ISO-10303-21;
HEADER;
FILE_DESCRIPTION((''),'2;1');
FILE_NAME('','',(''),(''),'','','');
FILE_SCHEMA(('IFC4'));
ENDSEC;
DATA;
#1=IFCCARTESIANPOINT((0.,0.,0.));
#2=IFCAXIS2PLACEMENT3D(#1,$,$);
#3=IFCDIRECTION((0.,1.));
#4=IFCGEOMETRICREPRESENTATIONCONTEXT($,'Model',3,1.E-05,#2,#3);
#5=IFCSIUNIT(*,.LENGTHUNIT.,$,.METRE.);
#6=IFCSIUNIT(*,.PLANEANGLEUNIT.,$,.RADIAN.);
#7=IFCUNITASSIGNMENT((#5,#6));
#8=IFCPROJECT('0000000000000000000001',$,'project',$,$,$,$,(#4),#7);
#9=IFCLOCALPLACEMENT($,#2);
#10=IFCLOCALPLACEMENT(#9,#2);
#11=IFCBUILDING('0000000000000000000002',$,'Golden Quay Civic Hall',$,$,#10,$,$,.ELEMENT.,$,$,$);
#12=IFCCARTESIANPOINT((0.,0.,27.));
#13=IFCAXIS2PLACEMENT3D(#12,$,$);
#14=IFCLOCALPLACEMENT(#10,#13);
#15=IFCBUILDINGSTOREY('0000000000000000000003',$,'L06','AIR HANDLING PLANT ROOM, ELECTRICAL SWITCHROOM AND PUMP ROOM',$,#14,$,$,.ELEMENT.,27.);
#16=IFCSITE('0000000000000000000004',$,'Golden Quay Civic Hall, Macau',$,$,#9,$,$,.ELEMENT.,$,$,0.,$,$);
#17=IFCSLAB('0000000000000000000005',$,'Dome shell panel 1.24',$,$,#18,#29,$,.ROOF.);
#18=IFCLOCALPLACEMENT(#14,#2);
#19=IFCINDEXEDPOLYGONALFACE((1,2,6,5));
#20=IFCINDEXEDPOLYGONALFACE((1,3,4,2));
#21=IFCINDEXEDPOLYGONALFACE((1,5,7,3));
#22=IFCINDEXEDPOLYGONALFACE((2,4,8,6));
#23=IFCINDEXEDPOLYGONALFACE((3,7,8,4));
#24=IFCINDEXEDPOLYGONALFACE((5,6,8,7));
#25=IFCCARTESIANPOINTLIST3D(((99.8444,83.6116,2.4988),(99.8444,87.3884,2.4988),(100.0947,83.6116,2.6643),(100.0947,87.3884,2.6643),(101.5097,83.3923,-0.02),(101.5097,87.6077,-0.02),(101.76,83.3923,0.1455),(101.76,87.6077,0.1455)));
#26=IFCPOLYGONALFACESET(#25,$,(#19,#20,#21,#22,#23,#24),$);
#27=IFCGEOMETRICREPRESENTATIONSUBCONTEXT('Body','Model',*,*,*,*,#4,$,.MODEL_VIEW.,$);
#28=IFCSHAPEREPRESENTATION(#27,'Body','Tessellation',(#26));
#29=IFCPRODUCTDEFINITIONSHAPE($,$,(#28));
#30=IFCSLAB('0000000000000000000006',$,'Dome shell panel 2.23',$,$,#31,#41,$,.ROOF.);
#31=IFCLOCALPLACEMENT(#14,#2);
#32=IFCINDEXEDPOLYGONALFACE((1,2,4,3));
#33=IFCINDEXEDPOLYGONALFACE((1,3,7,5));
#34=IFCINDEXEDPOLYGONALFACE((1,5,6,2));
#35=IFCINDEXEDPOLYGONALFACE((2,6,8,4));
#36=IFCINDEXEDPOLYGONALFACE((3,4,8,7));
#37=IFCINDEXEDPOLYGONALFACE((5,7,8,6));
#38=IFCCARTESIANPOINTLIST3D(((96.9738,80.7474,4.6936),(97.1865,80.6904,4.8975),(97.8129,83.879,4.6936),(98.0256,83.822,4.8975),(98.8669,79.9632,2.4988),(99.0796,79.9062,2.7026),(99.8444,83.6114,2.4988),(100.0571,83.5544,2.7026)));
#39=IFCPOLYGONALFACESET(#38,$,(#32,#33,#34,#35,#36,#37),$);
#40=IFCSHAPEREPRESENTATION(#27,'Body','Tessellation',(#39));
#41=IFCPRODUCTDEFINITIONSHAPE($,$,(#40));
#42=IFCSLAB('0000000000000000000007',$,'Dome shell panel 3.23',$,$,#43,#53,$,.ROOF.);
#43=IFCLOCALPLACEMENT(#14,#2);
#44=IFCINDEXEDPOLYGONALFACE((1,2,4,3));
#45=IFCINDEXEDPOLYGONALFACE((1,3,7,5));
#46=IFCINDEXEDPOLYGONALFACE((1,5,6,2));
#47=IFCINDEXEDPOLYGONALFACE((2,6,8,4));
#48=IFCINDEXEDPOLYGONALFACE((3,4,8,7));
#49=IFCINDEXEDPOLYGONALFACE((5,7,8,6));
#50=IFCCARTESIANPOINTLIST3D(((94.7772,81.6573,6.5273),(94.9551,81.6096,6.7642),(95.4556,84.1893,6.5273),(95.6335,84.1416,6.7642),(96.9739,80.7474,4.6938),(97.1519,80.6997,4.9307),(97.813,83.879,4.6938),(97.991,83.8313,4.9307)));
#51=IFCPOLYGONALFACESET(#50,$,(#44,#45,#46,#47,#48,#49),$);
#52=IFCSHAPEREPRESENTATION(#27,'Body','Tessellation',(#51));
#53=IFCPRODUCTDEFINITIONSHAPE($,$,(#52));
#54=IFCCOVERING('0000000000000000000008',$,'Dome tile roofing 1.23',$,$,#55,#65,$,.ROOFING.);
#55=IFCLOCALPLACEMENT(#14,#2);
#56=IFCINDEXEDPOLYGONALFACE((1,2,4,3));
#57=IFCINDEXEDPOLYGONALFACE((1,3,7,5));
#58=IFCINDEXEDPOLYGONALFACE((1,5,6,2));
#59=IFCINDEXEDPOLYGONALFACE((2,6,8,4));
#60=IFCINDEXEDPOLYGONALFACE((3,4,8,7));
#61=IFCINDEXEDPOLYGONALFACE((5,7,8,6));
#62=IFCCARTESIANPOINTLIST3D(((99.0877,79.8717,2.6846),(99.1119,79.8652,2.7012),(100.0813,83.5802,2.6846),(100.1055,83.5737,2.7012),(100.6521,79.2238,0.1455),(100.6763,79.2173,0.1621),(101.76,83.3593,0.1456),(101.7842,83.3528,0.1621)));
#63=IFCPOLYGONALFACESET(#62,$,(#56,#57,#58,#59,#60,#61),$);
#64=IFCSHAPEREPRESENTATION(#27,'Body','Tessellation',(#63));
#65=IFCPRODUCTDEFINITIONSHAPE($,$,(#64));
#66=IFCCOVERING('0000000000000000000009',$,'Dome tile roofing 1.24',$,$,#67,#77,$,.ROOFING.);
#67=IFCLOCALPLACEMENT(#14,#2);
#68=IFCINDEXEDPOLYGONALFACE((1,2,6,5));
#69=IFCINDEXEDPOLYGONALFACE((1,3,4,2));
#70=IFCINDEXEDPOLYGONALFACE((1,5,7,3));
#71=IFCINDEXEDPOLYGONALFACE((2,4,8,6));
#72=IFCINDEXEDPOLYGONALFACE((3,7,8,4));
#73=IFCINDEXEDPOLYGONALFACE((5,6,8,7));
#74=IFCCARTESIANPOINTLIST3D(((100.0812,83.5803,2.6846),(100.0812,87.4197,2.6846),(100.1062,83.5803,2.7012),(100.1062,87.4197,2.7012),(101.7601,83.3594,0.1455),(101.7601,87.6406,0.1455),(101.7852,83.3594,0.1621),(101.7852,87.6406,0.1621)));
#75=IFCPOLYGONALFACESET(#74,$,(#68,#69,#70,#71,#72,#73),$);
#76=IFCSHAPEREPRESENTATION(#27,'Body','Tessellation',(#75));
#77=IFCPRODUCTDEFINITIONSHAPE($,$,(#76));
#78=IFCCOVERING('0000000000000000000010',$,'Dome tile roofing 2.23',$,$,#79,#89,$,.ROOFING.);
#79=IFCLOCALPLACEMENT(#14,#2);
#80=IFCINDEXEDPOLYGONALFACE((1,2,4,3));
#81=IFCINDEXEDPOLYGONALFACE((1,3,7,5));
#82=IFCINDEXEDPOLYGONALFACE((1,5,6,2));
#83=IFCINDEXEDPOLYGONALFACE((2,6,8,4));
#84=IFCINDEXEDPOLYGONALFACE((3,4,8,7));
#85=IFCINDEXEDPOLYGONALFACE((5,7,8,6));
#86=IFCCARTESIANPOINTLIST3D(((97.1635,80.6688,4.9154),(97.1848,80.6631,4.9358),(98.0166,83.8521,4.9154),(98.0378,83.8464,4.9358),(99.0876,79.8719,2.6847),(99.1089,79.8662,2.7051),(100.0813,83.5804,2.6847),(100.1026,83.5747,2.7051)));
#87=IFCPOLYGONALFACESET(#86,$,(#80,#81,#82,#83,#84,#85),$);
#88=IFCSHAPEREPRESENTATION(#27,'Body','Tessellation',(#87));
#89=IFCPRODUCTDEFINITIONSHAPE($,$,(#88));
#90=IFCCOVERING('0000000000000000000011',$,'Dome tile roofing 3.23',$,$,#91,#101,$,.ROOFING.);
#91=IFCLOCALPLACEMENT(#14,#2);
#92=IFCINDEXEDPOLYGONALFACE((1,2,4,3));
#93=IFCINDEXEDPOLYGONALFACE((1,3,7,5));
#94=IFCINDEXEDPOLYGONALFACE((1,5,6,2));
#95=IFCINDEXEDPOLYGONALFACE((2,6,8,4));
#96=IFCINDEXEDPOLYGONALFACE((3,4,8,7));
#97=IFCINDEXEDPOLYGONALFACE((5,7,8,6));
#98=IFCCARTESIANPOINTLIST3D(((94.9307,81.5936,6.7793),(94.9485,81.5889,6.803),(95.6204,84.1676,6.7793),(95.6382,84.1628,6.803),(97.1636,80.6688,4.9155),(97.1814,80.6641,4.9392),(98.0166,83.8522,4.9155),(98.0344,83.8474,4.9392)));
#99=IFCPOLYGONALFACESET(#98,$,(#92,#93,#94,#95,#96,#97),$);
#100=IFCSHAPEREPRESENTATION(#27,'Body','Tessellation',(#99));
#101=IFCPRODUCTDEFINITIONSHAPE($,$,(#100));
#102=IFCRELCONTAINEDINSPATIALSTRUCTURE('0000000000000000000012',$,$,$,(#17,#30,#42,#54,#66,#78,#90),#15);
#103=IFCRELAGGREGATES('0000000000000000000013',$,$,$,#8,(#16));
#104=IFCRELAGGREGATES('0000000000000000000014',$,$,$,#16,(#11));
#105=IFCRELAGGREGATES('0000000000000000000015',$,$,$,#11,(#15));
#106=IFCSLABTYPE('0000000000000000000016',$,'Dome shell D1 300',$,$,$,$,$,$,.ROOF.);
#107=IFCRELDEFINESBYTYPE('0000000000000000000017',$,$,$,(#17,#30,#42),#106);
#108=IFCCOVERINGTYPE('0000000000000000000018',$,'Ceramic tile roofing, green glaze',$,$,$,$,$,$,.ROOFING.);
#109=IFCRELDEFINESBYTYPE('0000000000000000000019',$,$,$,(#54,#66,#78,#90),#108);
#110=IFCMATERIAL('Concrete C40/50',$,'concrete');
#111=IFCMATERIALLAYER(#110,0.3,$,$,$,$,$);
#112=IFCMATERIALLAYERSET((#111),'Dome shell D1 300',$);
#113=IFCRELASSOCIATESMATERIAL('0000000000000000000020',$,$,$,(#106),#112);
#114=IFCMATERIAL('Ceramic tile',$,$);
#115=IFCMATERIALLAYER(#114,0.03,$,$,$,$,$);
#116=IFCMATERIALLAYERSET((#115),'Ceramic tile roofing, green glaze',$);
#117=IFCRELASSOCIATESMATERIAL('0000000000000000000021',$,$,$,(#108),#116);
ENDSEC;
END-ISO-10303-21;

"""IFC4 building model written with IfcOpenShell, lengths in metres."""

from ifc_helpers import new_model, si_unit, direction, frame, origin, place, context, subcontext, project, spatial, polyline, outline, extrude, material, layer, layer_set, type_object, element, save


model = new_model("IFC4")

# Units and contexts
model_context = context("Model", 3, precision=1e-05, world=origin(), true_north=direction((0.0, 1.0)))
body_context = subcontext(model_context, "Body", "Model", "MODEL_VIEW")
ifc_project = project(units=[si_unit("LENGTHUNIT", "METRE"), si_unit("PLANEANGLEUNIT", "RADIAN")], contexts=[model_context])

# Site, building, storey
site_placement = place(None, origin())
site = spatial("IfcSite", under=ifc_project, at=site_placement, Name="Golden Quay Civic Hall, Macau", CompositionType="ELEMENT", RefElevation=0.0)
building_placement = place(site_placement, origin())
building = spatial("IfcBuilding", under=site, at=building_placement, Name="Golden Quay Civic Hall", CompositionType="ELEMENT")
storey_placement = place(building_placement, frame((0.0, 0.0, 27.0)))
storey = spatial("IfcBuildingStorey", under=building, at=storey_placement, Name="L06", Description="AIR HANDLING PLANT ROOM, ELECTRICAL SWITCHROOM AND PUMP ROOM", CompositionType="ELEMENT", Elevation=27.0)

# Slabs
ifc_material_1 = material(Name="Concrete C40/50", Category="concrete")
ifc_layer_1 = layer(ifc_material_1, 0.3)
ifc_layer_set_1 = layer_set([ifc_layer_1], Name="Dome shell D1 300")
slab_type = type_object("IfcSlabType", Name="Dome shell D1 300", PredefinedType="ROOF", material=ifc_layer_set_1)
slab_1_placement = place(storey_placement, frame((101.76, 83.3923, 0.1455), z_axis=(0.834171, 0.0, 0.551505), x_axis=(0.0, 1.0, 0.0)))
element("IfcSlab", 1, at=slab_1_placement, inside=storey, type_object=slab_type, Name="Dome shell panel 1.24", PredefinedType="ROOF", context=body_context, shape_type="SweptSolid", body=[
    extrude(outline(polyline([(0.0, 0.0), (4.2153, 0.0), (3.9961, 3.0195), (0.2192, 3.0195), (0.0, 0.0)])), origin(), (0.0, 0.0, -1.0), 0.3),
])
slab_2_placement = place(storey_placement, frame((99.0796, 79.9062, 2.7026), z_axis=(0.708874, -0.189944, 0.679278), x_axis=(0.258821, 0.965925, 0.0)))
element("IfcSlab", 2, at=slab_2_placement, inside=storey, type_object=slab_type, Name="Dome shell panel 2.23", PredefinedType="ROOF", context=body_context, shape_type="SweptSolid", body=[
    extrude(outline(polyline([(0.0, 0.0), (3.7769, 0.0), (3.5096, 2.9907), (0.2675, 2.9907), (0.0, 0.0)])), origin(), (0.0, 0.0, -1.0), 0.3),
])
slab_3_placement = place(storey_placement, frame((97.1519, 80.6997, 4.9307), z_axis=(0.59301, -0.1589, 0.78936), x_axis=(0.258821, 0.965925, 0.000002)))
element("IfcSlab", 3, at=slab_3_placement, inside=storey, type_object=slab_type, Name="Dome shell panel 3.23", PredefinedType="ROOF", context=body_context, shape_type="SweptSolid", body=[
    extrude(outline(polyline([(0.0, 0.0), (3.2421, 0.0), (2.9316, 2.9865), (0.3103, 2.9865), (0.0, 0.0)])), origin(), (0.0, 0.0, -1.0), 0.3),
])

# Coverings
ifc_material_2 = material(Name="Ceramic tile")
ifc_layer_2 = layer(ifc_material_2, 0.03)
ifc_layer_set_2 = layer_set([ifc_layer_2], Name="Ceramic tile roofing, green glaze")
covering_type = type_object("IfcCoveringType", Name="Ceramic tile roofing, green glaze", PredefinedType="ROOFING", material=ifc_layer_set_2)
covering_1_placement = place(storey_placement, frame((100.6763, 79.2173, 0.1621), z_axis=(0.80574, -0.215874, 0.551526), x_axis=(0.258788, 0.965934, 0.000008)))
element("IfcCovering", 4, at=covering_1_placement, inside=storey, type_object=covering_type, Name="Dome tile roofing 1.23", PredefinedType="ROOFING", context=body_context, shape_type="SweptSolid", body=[
    extrude(outline(polyline([(0.0, 0.0), (4.2813, 0.0), (4.0603, 3.0438), (0.221, 3.0439), (0.0, 0.0)])), origin(), (0.0, 0.0, -1.0), 0.03),
])
covering_2_placement = place(storey_placement, frame((101.7852, 83.3594, 0.1621), z_axis=(0.83413, 0.0, 0.551568), x_axis=(0.0, 1.0, 0.0)))
element("IfcCovering", 5, at=covering_2_placement, inside=storey, type_object=covering_type, Name="Dome tile roofing 1.24", PredefinedType="ROOFING", context=body_context, shape_type="SweptSolid", body=[
    extrude(outline(polyline([(0.0, 0.0), (4.2812, 0.0), (4.0603, 3.044), (0.2209, 3.044), (0.0, 0.0)])), origin(), (0.0, 0.0, -1.0), 0.03),
])
covering_3_placement = place(storey_placement, frame((99.1089, 79.8662, 2.7051), z_axis=(0.708878, -0.189945, 0.679273), x_axis=(0.258816, 0.965927, 0.000006)))
element("IfcCovering", 6, at=covering_3_placement, inside=storey, type_object=covering_type, Name="Dome tile roofing 2.23", PredefinedType="ROOFING", context=body_context, shape_type="SweptSolid", body=[
    extrude(outline(polyline([(0.0, 0.0), (3.8393, 0.0), (3.5674, 3.0396), (0.2718, 3.0396), (0.0, 0.0)])), origin(), (0.0, 0.0, -1.0), 0.03),
])
covering_4_placement = place(storey_placement, frame((97.1814, 80.6641, 4.9392), z_axis=(0.59303, -0.158908, 0.789344), x_axis=(0.258831, 0.965923, -0.000003)))
element("IfcCovering", 7, at=covering_4_placement, inside=storey, type_object=covering_type, Name="Dome tile roofing 3.23", PredefinedType="ROOFING", context=body_context, shape_type="SweptSolid", body=[
    extrude(outline(polyline([(0.0, 0.0), (3.2957, 0.0), (2.9801, 3.0357), (0.3153, 3.0357), (0.0, 0.0)])), origin(), (0.0, 0.0, -1.0), 0.03),
])

save(model, "model.ifc")
